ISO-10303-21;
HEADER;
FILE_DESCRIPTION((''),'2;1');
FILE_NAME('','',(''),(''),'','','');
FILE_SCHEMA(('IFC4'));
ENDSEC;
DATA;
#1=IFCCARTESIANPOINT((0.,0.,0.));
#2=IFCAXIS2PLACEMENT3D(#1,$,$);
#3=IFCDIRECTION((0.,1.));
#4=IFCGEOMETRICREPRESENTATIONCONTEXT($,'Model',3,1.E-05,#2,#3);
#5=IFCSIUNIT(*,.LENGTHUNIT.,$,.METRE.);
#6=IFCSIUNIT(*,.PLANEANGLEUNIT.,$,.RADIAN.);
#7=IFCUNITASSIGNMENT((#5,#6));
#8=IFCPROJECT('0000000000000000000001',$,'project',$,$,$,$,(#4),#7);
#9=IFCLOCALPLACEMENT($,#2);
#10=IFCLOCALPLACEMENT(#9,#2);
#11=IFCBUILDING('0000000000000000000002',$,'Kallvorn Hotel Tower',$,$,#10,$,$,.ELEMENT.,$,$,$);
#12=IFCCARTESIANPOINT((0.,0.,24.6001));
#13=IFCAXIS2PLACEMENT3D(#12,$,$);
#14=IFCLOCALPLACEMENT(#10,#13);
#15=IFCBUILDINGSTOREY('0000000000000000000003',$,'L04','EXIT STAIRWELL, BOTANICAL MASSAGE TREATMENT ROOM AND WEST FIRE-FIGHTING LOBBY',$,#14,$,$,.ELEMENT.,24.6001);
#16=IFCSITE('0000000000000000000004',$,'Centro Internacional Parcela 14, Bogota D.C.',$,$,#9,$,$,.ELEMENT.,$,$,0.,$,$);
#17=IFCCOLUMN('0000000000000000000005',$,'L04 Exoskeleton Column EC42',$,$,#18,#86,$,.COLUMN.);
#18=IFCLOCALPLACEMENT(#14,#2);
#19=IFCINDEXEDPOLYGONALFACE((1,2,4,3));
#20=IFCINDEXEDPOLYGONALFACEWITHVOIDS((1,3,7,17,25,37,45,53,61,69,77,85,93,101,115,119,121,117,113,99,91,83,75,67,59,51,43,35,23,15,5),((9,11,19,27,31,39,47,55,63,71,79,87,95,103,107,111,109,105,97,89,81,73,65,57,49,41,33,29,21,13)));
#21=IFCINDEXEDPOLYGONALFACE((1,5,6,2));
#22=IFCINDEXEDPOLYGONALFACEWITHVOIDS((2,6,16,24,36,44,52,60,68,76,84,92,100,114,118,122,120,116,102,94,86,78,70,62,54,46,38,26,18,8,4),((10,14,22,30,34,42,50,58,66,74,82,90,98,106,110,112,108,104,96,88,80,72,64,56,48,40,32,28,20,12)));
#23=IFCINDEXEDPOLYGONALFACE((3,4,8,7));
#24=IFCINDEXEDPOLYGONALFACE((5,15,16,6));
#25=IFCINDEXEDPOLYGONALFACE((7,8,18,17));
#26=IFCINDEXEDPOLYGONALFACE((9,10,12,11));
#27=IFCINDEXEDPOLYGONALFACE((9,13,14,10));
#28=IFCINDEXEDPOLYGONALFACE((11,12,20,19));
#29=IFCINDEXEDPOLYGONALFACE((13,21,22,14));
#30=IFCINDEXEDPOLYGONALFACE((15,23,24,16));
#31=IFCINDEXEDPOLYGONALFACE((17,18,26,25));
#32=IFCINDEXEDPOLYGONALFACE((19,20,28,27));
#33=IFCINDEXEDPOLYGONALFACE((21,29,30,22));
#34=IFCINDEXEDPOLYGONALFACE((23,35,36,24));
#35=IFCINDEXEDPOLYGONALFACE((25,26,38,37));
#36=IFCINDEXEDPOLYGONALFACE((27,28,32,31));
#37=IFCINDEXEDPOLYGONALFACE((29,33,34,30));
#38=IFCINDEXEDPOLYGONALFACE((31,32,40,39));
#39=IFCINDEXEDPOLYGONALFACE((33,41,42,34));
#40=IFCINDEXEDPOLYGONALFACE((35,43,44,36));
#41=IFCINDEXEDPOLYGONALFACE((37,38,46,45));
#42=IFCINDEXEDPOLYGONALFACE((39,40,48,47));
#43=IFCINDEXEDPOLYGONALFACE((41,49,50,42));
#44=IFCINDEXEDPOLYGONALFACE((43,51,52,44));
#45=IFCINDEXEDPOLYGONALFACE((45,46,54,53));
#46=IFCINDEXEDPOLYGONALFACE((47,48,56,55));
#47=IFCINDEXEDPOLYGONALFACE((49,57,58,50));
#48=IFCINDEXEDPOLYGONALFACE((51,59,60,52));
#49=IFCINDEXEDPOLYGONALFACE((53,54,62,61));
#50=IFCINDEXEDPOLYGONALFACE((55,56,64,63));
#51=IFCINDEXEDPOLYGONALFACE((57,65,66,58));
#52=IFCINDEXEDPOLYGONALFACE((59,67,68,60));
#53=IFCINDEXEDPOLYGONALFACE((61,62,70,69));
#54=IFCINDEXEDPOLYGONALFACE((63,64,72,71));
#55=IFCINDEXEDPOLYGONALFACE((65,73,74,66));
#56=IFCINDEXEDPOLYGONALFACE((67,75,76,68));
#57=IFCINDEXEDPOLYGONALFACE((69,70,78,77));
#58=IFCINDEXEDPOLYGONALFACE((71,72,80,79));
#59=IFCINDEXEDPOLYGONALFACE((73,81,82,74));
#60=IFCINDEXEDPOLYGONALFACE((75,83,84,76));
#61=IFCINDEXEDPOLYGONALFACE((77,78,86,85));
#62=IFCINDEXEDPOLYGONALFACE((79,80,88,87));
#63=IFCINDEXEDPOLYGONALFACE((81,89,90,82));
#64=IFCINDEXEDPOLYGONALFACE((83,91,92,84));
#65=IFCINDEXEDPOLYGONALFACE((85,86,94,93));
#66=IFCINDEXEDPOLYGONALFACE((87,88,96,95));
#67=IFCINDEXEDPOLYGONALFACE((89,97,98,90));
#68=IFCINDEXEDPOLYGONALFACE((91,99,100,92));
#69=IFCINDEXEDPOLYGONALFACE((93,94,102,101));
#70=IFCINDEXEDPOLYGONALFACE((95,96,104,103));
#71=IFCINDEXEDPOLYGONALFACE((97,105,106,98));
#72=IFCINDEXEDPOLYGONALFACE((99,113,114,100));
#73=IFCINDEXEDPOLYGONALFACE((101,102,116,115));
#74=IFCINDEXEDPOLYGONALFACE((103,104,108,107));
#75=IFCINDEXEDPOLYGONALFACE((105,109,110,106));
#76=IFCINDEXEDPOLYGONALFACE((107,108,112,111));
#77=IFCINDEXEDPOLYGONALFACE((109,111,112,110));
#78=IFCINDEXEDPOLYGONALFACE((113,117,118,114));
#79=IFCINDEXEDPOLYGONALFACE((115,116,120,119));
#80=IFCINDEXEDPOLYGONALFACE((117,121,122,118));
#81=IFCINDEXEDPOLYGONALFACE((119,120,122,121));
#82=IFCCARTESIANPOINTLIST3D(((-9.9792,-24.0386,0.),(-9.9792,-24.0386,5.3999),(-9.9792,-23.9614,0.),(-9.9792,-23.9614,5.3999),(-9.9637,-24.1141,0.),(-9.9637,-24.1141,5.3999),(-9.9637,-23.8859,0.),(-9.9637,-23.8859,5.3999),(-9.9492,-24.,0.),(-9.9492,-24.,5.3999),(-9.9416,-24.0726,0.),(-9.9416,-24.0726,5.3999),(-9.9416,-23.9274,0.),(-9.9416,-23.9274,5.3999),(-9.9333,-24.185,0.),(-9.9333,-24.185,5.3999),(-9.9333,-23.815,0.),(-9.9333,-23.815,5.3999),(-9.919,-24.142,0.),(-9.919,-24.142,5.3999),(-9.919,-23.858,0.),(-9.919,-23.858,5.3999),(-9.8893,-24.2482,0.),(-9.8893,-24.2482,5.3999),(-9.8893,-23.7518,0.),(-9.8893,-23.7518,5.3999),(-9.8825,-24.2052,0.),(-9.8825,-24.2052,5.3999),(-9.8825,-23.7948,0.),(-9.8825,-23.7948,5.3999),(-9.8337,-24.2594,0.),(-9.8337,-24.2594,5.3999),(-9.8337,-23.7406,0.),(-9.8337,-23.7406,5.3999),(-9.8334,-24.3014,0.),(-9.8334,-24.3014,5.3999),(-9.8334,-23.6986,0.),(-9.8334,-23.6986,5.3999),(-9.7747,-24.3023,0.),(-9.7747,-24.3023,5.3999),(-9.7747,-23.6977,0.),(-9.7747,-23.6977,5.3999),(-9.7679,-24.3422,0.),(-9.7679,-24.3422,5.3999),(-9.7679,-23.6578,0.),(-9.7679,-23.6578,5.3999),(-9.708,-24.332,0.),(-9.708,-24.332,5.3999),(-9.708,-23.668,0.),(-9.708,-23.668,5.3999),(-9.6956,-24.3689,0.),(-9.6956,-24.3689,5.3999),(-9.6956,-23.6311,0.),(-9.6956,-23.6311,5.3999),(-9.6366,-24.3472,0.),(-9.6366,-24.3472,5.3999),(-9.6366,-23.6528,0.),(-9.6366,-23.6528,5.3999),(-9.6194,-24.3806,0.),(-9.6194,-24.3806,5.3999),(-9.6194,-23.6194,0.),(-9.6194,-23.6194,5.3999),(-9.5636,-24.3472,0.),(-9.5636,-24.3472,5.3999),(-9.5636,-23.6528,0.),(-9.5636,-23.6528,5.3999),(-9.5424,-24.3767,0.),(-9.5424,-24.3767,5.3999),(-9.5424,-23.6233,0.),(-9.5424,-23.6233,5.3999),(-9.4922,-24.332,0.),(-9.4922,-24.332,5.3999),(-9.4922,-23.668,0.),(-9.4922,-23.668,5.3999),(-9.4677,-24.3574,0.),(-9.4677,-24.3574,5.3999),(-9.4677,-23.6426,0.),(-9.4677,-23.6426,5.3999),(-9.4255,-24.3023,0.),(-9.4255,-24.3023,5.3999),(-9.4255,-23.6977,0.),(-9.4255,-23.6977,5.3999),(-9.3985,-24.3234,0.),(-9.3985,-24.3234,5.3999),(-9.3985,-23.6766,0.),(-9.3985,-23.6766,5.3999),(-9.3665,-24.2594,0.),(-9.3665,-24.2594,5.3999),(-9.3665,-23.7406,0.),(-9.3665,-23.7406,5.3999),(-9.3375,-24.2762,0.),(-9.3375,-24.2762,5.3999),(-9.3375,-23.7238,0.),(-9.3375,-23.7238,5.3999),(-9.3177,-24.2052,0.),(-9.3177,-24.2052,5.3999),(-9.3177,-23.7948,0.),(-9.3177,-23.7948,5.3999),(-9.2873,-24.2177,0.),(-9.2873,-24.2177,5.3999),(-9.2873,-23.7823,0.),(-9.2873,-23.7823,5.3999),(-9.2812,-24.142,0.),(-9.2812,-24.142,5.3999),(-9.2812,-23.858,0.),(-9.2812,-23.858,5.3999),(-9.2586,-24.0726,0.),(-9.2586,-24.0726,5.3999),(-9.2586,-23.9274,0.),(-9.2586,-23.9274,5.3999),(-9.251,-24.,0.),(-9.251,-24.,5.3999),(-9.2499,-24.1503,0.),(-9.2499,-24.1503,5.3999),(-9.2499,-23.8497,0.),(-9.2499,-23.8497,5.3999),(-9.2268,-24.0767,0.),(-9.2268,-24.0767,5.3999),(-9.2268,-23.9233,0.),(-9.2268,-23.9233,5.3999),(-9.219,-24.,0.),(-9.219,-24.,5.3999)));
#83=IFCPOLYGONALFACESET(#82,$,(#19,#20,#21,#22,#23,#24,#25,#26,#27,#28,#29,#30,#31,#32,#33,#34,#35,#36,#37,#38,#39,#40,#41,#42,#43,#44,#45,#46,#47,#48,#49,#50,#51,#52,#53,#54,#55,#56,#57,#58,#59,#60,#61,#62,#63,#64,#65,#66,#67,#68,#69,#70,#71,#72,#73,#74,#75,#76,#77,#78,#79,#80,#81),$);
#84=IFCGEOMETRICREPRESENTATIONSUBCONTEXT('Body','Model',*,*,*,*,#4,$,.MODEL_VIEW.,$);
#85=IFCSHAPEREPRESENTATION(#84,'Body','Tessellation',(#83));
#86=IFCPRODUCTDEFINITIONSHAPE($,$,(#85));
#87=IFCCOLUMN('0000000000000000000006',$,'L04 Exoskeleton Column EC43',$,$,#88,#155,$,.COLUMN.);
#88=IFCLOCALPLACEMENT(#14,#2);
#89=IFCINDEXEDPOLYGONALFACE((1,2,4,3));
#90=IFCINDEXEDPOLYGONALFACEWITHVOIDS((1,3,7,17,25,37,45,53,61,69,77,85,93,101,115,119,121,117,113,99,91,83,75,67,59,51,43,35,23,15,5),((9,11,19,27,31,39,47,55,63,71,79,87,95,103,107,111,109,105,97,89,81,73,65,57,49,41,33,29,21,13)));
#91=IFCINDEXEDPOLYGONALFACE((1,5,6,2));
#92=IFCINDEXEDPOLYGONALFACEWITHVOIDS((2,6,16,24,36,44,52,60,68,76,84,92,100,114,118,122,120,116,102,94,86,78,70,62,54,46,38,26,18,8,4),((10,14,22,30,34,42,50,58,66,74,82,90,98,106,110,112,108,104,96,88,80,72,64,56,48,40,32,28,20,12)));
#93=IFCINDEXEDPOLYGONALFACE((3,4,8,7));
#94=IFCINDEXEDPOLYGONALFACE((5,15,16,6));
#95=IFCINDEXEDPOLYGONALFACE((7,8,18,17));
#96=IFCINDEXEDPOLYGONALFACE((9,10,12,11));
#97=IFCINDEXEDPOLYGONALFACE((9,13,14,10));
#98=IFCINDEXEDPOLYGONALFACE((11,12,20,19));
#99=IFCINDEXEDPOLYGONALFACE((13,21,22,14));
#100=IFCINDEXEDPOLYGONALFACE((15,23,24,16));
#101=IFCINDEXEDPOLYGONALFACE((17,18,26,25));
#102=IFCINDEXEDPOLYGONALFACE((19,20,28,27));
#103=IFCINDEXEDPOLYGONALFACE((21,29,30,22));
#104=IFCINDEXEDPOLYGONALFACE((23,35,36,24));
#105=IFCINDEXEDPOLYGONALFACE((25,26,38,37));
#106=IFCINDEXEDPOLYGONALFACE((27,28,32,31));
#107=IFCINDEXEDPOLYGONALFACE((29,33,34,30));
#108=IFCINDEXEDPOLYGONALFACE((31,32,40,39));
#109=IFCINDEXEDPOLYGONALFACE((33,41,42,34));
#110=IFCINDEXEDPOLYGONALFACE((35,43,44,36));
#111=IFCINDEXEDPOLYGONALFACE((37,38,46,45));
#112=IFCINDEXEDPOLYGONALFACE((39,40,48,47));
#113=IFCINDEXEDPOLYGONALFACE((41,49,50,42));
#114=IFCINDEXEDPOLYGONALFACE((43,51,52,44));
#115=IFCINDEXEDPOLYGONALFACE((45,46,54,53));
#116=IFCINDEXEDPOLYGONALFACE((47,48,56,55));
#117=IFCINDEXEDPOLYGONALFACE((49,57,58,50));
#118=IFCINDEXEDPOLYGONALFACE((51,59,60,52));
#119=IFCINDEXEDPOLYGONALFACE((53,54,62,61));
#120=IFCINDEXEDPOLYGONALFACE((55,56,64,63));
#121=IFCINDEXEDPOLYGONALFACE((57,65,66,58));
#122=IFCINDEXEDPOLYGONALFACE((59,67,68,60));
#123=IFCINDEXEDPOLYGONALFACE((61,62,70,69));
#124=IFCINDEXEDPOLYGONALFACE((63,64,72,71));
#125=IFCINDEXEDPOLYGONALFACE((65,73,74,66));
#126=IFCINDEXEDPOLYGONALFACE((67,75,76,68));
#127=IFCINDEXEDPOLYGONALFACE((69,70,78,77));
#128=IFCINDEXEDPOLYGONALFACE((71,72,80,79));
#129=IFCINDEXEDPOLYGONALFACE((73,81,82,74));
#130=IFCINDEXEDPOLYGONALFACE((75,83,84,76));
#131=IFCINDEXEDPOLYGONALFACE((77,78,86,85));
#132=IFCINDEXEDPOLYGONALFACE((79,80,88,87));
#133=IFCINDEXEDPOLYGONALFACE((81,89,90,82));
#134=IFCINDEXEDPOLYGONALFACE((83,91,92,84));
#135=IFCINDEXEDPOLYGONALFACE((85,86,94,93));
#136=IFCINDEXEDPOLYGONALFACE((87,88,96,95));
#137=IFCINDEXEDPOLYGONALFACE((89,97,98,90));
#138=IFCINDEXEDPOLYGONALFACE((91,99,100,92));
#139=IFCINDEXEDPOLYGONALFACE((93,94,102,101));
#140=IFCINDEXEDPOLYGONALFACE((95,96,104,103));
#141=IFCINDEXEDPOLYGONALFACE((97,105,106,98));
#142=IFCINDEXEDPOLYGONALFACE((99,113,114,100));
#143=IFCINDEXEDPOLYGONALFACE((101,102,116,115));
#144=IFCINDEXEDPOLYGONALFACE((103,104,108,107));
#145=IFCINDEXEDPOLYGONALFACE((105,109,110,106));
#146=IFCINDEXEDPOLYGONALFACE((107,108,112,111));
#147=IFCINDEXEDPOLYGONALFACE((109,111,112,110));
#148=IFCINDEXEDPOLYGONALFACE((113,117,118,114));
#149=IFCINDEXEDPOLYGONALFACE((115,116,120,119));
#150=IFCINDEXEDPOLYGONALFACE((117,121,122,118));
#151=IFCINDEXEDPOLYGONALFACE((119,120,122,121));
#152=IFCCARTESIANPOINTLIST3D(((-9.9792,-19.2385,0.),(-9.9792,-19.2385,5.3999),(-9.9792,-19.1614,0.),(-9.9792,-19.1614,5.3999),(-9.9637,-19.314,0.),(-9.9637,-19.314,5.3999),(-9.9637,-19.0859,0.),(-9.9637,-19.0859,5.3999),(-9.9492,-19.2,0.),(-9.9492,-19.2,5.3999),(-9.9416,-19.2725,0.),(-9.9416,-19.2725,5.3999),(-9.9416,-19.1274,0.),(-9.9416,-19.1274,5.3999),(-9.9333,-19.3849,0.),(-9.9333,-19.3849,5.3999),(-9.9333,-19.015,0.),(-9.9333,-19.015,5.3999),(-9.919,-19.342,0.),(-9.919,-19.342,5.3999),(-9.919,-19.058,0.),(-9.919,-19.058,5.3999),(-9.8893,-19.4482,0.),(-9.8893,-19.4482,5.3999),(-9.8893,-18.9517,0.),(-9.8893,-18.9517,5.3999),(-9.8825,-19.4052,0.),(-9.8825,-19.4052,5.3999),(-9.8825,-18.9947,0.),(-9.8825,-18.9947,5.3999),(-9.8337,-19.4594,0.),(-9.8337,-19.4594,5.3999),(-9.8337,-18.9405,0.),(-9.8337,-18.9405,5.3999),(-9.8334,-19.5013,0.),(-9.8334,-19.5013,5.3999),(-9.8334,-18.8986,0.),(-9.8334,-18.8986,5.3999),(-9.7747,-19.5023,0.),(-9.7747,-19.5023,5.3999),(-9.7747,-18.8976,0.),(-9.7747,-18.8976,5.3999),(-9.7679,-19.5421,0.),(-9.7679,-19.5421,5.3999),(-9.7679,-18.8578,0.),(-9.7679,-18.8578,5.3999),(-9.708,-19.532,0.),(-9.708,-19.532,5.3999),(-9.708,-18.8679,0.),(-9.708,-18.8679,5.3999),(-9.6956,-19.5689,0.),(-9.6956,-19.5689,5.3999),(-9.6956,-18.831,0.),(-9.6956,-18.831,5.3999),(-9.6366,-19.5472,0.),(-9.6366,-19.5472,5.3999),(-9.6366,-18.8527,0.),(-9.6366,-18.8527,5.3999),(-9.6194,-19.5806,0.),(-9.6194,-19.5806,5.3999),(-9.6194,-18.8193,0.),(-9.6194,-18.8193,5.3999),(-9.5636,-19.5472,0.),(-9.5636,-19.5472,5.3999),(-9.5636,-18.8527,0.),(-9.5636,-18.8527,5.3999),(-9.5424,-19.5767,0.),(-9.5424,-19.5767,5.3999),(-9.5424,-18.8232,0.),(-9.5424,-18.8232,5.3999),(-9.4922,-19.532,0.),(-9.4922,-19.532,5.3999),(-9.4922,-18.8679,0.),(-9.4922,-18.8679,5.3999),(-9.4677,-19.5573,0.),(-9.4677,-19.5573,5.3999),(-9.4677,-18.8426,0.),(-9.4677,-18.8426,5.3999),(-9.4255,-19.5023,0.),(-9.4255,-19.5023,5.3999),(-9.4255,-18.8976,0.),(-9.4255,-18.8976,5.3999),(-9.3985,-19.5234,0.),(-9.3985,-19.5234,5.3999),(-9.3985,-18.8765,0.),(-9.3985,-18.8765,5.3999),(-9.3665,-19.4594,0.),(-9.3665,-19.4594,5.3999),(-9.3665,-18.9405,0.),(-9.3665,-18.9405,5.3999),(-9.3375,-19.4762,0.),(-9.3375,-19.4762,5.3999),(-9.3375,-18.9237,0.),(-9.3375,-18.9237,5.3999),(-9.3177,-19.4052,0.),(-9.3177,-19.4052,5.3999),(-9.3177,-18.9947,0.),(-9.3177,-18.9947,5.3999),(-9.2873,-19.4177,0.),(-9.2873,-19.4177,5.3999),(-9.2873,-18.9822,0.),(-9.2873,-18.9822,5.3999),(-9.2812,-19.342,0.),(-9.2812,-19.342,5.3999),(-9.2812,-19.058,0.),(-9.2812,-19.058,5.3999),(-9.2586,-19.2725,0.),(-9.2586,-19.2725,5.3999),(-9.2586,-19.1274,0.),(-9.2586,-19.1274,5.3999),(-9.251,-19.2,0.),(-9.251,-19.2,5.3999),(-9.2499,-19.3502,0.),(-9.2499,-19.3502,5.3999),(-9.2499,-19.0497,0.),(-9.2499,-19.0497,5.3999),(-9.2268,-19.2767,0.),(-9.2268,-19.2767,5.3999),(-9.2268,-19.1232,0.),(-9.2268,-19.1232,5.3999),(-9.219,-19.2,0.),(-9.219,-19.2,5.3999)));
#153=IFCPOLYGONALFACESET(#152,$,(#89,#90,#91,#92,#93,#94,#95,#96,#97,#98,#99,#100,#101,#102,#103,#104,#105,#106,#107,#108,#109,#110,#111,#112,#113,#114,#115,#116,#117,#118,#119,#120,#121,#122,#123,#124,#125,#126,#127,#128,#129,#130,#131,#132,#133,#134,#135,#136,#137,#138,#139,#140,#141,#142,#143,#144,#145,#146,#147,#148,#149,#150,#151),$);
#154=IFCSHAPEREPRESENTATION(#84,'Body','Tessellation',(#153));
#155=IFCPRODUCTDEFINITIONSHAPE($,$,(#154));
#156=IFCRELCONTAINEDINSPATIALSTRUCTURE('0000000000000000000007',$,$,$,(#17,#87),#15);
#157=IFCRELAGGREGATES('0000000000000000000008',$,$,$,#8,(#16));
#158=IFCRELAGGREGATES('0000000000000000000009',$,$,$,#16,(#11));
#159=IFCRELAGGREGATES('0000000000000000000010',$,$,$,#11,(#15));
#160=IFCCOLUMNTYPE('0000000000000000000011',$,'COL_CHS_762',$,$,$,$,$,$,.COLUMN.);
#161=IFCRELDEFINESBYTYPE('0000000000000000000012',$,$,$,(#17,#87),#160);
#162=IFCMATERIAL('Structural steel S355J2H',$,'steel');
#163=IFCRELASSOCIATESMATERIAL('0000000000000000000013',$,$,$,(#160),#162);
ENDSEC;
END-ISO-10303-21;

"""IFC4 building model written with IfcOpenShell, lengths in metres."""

from ifc_helpers import new_model, si_unit, direction, frame, origin, origin_2d, place, context, subcontext, project, spatial, hollow_circle, extrude, material, material_profile, profile_set, type_object, element, save


model = new_model("IFC4")

# Units and contexts
model_context = context("Model", 3, precision=1e-05, world=origin(), true_north=direction((0.0, 1.0)))
body_context = subcontext(model_context, "Body", "Model", "MODEL_VIEW")
ifc_project = project(units=[si_unit("LENGTHUNIT", "METRE"), si_unit("PLANEANGLEUNIT", "RADIAN")], contexts=[model_context])

# Site, building, storey
site_placement = place(None, origin())
site = spatial("IfcSite", under=ifc_project, at=site_placement, Name="Centro Internacional Parcela 14, Bogota D.C.", CompositionType="ELEMENT", RefElevation=0.0)
building_placement = place(site_placement, origin())
building = spatial("IfcBuilding", under=site, at=building_placement, Name="Kallvorn Hotel Tower", CompositionType="ELEMENT")
storey_placement = place(building_placement, frame((0.0, 0.0, 24.6001)))
storey = spatial("IfcBuildingStorey", under=building, at=storey_placement, Name="L04", Description="EXIT STAIRWELL, BOTANICAL MASSAGE TREATMENT ROOM AND WEST FIRE-FIGHTING LOBBY", CompositionType="ELEMENT", Elevation=24.6001)

# Columns
ifc_material_1 = material(Name="Structural steel S355J2H", Category="steel")
ifc_material_profile_1 = material_profile(ifc_material_1, hollow_circle(Radius=0.3811, WallThickness=0.032, at=origin_2d()), Name="CHS 762x32")
ifc_profile_set_1 = profile_set([ifc_material_profile_1], Name="Structural steel S355J2H")
column_type_1 = type_object("IfcColumnType", Name="COL_CHS_762", PredefinedType="COLUMN", material=ifc_profile_set_1)
for number, where, z_axis, x_axis, name in (
    (1, (-9.6001, -24.0, 0.0), (0.0, 0.0, 1.0), (1.0, 0.0, 0.0), "L04 Exoskeleton Column EC42"),
    (2, (-9.6001, -19.2, 0.0), (0.0, 0.0, 1.0), (1.0, 0.0, 0.0), "L04 Exoskeleton Column EC43"),
):
    element("IfcColumn", number, at=place(storey_placement, frame(where, z_axis=z_axis, x_axis=x_axis)), inside=storey, type_object=column_type_1, Name=name, PredefinedType="COLUMN", context=body_context, shape_type="SweptSolid", body=[
        extrude(hollow_circle(Radius=0.3811, WallThickness=0.032, at=origin_2d()), origin(), (0.0, 0.0, 1.0), 5.3999),
    ])

save(model, "model.ifc")
